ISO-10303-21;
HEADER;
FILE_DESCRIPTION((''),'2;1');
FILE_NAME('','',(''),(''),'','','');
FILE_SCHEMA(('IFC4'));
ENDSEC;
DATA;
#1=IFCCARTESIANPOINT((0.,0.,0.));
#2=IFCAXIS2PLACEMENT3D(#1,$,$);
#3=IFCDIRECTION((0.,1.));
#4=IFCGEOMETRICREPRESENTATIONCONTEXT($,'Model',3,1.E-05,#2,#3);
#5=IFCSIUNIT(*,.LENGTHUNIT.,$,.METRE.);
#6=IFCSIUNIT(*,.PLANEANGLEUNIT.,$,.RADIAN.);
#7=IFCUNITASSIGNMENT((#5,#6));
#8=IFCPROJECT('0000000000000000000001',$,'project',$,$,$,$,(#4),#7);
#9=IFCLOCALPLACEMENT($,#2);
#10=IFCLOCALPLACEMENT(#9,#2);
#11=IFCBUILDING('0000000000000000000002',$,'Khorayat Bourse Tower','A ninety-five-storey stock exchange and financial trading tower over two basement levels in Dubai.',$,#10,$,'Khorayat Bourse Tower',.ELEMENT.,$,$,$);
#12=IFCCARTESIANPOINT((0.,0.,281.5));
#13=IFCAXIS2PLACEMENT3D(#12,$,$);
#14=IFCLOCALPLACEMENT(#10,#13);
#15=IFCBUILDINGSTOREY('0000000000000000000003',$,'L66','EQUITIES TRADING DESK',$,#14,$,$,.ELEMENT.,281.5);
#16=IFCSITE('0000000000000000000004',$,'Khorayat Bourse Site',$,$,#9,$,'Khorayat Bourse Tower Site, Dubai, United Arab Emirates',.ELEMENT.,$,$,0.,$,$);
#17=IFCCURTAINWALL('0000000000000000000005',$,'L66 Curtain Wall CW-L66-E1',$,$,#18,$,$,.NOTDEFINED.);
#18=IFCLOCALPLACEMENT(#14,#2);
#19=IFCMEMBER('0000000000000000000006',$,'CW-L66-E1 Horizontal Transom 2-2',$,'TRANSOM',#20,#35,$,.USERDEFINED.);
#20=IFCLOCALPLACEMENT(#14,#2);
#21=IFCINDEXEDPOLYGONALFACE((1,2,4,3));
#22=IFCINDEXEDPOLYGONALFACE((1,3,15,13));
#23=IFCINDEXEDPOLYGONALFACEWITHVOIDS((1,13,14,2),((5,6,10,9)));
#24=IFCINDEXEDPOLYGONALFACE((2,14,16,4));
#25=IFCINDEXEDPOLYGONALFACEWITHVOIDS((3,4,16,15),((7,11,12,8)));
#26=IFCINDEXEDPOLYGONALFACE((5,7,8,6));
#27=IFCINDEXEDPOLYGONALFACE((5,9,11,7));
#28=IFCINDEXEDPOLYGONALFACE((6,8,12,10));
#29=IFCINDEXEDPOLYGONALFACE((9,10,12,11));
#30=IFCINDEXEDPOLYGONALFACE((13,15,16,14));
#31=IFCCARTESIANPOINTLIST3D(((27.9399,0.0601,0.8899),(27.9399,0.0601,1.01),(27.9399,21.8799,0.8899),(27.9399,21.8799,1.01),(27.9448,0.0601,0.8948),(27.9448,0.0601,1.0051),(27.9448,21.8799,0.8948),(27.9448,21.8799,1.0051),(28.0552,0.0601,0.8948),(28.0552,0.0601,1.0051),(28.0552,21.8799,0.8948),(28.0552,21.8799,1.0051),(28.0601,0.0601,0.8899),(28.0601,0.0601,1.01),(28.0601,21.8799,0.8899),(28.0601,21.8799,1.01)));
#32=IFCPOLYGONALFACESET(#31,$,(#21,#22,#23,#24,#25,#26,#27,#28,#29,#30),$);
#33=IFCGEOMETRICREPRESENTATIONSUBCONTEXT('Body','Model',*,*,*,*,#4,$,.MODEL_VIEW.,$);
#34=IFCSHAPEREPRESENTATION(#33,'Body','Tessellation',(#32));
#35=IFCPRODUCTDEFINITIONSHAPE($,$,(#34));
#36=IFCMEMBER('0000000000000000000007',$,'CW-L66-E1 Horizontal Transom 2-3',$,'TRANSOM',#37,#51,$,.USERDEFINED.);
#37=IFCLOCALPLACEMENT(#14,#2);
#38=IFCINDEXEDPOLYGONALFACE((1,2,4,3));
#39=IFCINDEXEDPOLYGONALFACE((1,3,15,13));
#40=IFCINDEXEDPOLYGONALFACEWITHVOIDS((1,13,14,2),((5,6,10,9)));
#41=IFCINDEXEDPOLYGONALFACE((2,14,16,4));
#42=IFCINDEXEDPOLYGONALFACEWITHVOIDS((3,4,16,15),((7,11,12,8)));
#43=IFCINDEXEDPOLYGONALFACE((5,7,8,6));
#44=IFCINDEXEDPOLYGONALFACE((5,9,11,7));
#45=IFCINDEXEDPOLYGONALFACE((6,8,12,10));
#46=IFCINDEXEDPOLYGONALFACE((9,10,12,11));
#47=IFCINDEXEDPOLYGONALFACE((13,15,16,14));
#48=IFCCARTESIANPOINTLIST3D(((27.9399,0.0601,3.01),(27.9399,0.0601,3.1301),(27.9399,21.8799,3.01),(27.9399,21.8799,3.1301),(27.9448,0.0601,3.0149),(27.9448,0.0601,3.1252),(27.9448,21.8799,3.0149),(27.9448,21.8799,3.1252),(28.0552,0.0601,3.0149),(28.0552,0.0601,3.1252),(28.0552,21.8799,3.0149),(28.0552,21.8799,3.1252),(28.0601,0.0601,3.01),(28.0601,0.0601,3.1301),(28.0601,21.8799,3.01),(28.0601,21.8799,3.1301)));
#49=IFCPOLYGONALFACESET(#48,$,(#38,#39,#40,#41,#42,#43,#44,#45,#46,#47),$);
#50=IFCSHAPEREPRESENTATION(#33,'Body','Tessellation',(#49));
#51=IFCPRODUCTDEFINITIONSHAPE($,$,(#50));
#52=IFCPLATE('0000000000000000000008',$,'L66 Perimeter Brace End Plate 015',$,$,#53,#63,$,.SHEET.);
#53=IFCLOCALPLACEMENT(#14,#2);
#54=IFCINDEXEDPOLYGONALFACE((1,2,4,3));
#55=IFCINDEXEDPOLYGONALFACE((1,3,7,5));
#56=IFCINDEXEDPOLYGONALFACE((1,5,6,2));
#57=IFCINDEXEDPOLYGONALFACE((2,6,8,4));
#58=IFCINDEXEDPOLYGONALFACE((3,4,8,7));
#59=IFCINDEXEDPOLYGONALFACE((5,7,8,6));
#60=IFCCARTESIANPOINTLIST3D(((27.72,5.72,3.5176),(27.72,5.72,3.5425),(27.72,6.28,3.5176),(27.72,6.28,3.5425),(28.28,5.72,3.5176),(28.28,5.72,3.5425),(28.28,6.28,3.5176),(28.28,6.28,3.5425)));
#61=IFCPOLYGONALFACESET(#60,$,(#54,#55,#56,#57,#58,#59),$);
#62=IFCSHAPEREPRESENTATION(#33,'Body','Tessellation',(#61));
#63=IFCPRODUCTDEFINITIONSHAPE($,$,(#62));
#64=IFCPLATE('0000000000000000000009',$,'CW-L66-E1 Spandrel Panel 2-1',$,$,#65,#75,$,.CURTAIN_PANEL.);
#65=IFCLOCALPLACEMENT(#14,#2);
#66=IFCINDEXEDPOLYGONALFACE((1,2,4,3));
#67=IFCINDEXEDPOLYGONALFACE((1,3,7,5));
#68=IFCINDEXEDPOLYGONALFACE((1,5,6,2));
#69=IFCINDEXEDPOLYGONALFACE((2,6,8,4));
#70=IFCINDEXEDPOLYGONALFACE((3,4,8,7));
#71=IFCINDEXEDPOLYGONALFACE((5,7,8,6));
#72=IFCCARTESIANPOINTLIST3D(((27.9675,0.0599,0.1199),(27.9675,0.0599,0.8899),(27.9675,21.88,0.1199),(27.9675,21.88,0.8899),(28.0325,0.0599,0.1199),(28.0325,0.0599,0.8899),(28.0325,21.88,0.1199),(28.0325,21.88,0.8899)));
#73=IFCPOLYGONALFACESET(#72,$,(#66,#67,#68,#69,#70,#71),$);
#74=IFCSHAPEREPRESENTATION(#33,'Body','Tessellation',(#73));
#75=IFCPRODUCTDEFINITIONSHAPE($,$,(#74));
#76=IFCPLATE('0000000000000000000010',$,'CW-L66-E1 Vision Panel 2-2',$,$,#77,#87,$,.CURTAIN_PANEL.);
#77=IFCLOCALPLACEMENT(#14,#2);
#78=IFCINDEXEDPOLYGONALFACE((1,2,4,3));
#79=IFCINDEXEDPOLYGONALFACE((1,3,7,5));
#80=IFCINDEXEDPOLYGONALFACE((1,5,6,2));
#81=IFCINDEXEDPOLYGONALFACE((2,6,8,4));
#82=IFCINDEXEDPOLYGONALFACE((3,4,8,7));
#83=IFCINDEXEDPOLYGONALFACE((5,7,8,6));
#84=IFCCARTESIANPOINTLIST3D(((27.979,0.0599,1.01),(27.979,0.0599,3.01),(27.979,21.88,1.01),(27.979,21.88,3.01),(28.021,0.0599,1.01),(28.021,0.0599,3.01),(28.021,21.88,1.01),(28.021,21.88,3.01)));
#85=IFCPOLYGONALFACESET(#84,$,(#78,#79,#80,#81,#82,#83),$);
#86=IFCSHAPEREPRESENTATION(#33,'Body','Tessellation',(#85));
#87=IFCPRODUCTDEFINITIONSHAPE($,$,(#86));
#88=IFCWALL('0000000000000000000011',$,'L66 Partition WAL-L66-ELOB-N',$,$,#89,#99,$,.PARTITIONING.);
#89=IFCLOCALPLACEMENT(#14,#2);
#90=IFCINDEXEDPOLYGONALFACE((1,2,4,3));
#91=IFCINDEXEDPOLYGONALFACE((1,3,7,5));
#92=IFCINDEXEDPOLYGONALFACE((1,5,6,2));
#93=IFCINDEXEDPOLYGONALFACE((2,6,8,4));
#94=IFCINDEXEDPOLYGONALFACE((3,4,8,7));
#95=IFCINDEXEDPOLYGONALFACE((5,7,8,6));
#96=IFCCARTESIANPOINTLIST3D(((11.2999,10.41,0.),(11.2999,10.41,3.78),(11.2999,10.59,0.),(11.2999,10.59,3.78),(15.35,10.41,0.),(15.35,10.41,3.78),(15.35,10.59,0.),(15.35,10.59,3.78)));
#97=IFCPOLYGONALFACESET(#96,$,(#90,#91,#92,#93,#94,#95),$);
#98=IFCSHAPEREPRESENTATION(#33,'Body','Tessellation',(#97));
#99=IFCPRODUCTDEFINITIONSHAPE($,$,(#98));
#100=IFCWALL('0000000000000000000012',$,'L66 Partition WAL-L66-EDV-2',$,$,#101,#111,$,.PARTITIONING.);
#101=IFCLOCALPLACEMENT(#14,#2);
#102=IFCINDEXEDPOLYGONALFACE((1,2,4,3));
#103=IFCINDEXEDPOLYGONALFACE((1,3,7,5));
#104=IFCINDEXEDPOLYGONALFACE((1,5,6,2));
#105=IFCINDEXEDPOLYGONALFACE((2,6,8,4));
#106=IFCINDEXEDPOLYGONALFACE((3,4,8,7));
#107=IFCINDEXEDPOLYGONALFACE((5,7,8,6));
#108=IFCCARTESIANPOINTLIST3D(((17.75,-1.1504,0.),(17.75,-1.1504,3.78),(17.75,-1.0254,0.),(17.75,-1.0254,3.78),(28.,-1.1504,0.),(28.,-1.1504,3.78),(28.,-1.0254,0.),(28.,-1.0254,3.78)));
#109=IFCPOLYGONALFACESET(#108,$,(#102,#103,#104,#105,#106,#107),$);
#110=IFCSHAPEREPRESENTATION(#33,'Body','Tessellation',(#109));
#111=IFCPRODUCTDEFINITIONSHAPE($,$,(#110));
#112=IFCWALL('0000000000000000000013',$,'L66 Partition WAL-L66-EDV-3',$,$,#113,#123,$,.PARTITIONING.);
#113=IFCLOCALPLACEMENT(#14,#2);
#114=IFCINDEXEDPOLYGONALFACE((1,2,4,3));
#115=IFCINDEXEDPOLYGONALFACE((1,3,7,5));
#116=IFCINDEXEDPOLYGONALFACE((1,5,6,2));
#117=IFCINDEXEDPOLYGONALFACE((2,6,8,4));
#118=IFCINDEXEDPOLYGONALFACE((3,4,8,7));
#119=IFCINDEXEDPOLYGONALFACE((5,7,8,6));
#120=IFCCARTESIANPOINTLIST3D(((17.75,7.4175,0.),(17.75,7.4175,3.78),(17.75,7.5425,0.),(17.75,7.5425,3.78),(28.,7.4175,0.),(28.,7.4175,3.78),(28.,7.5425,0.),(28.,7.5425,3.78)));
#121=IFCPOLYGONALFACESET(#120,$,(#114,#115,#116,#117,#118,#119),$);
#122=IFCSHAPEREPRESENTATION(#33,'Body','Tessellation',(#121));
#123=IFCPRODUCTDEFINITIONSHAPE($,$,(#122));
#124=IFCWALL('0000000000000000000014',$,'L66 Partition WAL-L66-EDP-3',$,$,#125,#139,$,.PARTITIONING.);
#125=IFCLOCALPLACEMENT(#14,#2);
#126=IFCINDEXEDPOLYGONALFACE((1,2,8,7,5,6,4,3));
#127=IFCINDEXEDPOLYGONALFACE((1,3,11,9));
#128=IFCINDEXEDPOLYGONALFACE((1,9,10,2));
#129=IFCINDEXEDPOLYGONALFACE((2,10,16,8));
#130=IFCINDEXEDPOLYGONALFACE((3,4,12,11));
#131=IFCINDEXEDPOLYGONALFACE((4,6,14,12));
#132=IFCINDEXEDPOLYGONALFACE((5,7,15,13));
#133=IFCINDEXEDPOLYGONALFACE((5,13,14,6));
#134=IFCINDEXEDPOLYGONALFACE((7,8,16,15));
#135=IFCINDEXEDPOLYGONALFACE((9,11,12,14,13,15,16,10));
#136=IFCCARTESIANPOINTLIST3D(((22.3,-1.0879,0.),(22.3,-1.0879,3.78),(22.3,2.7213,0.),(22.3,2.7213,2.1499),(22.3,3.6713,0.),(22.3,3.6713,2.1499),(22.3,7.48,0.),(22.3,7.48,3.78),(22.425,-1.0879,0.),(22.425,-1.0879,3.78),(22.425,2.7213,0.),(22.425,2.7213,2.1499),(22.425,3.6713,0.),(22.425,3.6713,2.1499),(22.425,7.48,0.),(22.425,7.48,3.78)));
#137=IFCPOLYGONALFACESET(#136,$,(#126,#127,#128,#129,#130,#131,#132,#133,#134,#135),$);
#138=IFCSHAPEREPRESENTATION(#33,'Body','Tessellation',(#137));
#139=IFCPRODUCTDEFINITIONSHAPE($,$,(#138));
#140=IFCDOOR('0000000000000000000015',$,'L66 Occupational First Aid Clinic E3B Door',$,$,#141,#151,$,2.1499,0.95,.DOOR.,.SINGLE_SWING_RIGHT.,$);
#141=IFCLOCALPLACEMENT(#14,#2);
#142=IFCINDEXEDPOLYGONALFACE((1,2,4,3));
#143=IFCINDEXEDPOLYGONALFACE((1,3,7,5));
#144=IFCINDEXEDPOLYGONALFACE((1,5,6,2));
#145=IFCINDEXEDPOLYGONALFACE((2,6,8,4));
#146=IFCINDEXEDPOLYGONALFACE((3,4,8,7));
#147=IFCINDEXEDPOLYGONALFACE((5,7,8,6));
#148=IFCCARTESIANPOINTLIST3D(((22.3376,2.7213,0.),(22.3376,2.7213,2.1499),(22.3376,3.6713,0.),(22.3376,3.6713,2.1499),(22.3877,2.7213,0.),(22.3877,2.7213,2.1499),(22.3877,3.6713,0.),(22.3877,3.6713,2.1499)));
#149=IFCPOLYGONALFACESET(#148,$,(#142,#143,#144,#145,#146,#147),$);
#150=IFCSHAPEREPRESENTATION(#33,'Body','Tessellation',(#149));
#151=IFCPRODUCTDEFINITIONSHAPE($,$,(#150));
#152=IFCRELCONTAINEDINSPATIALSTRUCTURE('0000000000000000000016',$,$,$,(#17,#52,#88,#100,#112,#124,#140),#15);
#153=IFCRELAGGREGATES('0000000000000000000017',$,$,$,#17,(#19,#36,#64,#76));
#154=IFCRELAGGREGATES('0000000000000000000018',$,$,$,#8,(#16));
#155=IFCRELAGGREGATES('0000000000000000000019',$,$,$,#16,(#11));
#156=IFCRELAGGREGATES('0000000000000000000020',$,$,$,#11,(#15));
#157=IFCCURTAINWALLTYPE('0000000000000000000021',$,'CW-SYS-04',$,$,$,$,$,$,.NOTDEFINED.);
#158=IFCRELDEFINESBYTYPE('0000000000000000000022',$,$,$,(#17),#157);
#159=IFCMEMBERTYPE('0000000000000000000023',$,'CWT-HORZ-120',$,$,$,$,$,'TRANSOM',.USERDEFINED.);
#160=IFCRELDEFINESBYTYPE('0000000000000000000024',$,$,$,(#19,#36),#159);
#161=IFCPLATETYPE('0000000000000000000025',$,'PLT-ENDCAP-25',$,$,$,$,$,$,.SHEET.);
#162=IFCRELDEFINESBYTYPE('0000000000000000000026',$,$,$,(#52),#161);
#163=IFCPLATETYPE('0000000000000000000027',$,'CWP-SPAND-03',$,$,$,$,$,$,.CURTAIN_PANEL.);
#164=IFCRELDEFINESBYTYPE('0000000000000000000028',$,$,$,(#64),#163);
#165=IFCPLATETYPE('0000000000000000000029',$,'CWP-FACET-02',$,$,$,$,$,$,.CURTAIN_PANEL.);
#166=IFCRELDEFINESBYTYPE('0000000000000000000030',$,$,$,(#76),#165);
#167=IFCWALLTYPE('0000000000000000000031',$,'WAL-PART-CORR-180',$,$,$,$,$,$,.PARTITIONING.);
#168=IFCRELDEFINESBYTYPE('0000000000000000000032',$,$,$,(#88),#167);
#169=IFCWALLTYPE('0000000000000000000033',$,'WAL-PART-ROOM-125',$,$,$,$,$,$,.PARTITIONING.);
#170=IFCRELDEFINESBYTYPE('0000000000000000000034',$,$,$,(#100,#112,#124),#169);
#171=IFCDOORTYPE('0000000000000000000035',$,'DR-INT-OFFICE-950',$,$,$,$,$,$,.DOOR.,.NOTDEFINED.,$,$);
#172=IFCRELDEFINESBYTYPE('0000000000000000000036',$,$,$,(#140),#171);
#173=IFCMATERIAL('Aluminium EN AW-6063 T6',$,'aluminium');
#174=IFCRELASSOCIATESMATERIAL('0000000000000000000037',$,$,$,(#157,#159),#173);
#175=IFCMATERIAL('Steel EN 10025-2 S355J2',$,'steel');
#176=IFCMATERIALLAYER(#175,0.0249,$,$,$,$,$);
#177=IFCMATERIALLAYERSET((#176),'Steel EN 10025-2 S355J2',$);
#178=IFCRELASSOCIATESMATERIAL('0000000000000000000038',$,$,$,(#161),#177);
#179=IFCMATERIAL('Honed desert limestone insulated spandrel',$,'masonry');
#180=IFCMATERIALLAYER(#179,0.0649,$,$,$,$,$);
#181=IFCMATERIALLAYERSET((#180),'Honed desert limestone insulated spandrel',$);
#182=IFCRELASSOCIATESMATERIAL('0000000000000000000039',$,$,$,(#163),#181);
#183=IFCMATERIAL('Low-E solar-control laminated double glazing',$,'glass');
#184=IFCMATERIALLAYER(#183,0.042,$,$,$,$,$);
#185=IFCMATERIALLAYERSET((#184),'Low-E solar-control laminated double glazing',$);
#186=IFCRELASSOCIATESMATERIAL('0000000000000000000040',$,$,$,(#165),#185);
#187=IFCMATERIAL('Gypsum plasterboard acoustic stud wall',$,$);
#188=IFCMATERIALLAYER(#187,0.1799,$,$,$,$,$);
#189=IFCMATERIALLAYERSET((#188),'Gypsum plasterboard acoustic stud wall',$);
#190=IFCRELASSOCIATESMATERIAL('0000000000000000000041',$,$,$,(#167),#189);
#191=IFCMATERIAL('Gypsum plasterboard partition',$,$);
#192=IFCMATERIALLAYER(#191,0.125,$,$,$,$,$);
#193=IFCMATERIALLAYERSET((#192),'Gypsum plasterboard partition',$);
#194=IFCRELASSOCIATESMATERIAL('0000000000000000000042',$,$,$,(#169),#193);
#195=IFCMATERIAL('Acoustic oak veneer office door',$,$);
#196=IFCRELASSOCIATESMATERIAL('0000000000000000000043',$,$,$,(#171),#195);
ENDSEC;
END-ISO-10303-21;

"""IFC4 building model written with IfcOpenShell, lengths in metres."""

from ifc_helpers import new_model, si_unit, direction, frame, frame_2d, origin, origin_2d, place, context, subcontext, project, spatial, rectangle, hollow_rectangle, extrude, source, transform, mapped, material, layer, layer_set, material_profile, profile_set, type_object, element, fill, aggregate, save


model = new_model("IFC4")

# Units and contexts
model_context = context("Model", 3, precision=1e-05, world=origin(), true_north=direction((0.0, 1.0)))
body_context = subcontext(model_context, "Body", "Model", "MODEL_VIEW")
ifc_project = project(units=[si_unit("LENGTHUNIT", "METRE"), si_unit("PLANEANGLEUNIT", "RADIAN")], contexts=[model_context])

# Site, building, storey
site_placement = place(None, origin())
site = spatial("IfcSite", under=ifc_project, at=site_placement, Name="Khorayat Bourse Site", LongName="Khorayat Bourse Tower Site, Dubai, United Arab Emirates", CompositionType="ELEMENT", RefElevation=0.0)
building_placement = place(site_placement, origin())
building = spatial("IfcBuilding", under=site, at=building_placement, Name="Khorayat Bourse Tower", Description="A ninety-five-storey stock exchange and financial trading tower over two basement levels in Dubai.", LongName="Khorayat Bourse Tower", CompositionType="ELEMENT")
storey_placement = place(building_placement, frame((0.0, 0.0, 281.5)))
storey = spatial("IfcBuildingStorey", under=building, at=storey_placement, Name="L66", Description="EQUITIES TRADING DESK", CompositionType="ELEMENT", Elevation=281.5)

# Curtain wall, members
ifc_material_1 = material(Name="Aluminium EN AW-6063 T6", Category="aluminium")
curtain_wall_type = type_object("IfcCurtainWallType", Name="CW-SYS-04", PredefinedType="NOTDEFINED", material=ifc_material_1)
curtain_wall_placement = place(storey_placement, origin())
curtain_wall = element("IfcCurtainWall", 1, at=curtain_wall_placement, inside=storey, type_object=curtain_wall_type, Name="L66 Curtain Wall CW-L66-E1", PredefinedType="NOTDEFINED")
ifc_material_profile_1 = material_profile(ifc_material_1, hollow_rectangle(XDim=0.1201, YDim=0.1201, WallThickness=0.0049, at=origin_2d()), Name="ALU 120x120x5")
ifc_profile_set_1 = profile_set([ifc_material_profile_1], Name="Aluminium EN AW-6063 T6")
member_type_1 = type_object("IfcMemberType", Name="CWT-HORZ-120", ElementType="TRANSOM", PredefinedType="USERDEFINED", material=ifc_profile_set_1)
shared_shape_1 = source(origin(), body_context, "Body", "SweptSolid", [
    extrude(hollow_rectangle(XDim=0.1201, YDim=0.1201, WallThickness=0.0049, at=origin_2d()), origin(), (0.0, 0.0, 1.0), 21.8198),
])
member_1_placement = place(storey_placement, frame((28.0, 0.0601, 0.95), z_axis=(0.0, 1.0, 0.0), x_axis=(-1.0, 0.0, 0.0)))
member_1 = element("IfcMember", 2, at=member_1_placement, type_object=member_type_1, Name="CW-L66-E1 Horizontal Transom 2-2", ObjectType="TRANSOM", PredefinedType="USERDEFINED", context=body_context, shape_type="MappedRepresentation", body=[
    mapped(shared_shape_1, transform((0.0, 0.0, 0.0), scale=1.0)),
])
member_2_placement = place(storey_placement, frame((28.0, 0.0601, 3.0701), z_axis=(0.0, 1.0, 0.0), x_axis=(-1.0, 0.0, 0.0)))
member_2 = element("IfcMember", 3, at=member_2_placement, type_object=member_type_1, Name="CW-L66-E1 Horizontal Transom 2-3", ObjectType="TRANSOM", PredefinedType="USERDEFINED", context=body_context, shape_type="MappedRepresentation", body=[
    mapped(shared_shape_1, transform((0.0, 0.0, 0.0), scale=1.0)),
])

# Plates
ifc_material_2 = material(Name="Steel EN 10025-2 S355J2", Category="steel")
ifc_layer_1 = layer(ifc_material_2, 0.0249)
ifc_layer_set_1 = layer_set([ifc_layer_1], Name="Steel EN 10025-2 S355J2")
plate_type_1 = type_object("IfcPlateType", Name="PLT-ENDCAP-25", PredefinedType="SHEET", material=ifc_layer_set_1)
shared_shape_2 = source(origin(), body_context, "Body", "SweptSolid", [
    extrude(rectangle(XDim=0.5601, YDim=0.5601, at=origin_2d()), origin(), (0.0, 0.0, 1.0), 0.0249),
])
plate_1_placement = place(storey_placement, frame((28.0, 6.0, 3.5176), z_axis=(0.0, 0.0, 1.0), x_axis=(1.0, 0.0, 0.0)))
element("IfcPlate", 4, at=plate_1_placement, inside=storey, type_object=plate_type_1, Name="L66 Perimeter Brace End Plate 015", PredefinedType="SHEET", context=body_context, shape_type="MappedRepresentation", body=[
    mapped(shared_shape_2, transform((0.0, 0.0, 0.0), scale=1.0)),
])
ifc_material_3 = material(Name="Honed desert limestone insulated spandrel", Category="masonry")
ifc_layer_2 = layer(ifc_material_3, 0.0649)
ifc_layer_set_2 = layer_set([ifc_layer_2], Name="Honed desert limestone insulated spandrel")
plate_type_2 = type_object("IfcPlateType", Name="CWP-SPAND-03", PredefinedType="CURTAIN_PANEL", material=ifc_layer_set_2)
shared_shape_3 = source(origin(), body_context, "Body", "SweptSolid", [
    extrude(rectangle(XDim=21.8201, YDim=0.0649, at=origin_2d()), origin(), (0.0, 0.0, 1.0), 0.77),
])
plate_2_placement = place(storey_placement, frame((28.0, 10.97, 0.1199), z_axis=(0.0, 0.0, 1.0), x_axis=(0.0, 1.0, 0.0)))
plate_2 = element("IfcPlate", 5, at=plate_2_placement, type_object=plate_type_2, Name="CW-L66-E1 Spandrel Panel 2-1", PredefinedType="CURTAIN_PANEL", context=body_context, shape_type="MappedRepresentation", body=[
    mapped(shared_shape_3, transform((0.0, 0.0, 0.0), scale=1.0)),
])
ifc_material_4 = material(Name="Low-E solar-control laminated double glazing", Category="glass")
ifc_layer_3 = layer(ifc_material_4, 0.042)
ifc_layer_set_3 = layer_set([ifc_layer_3], Name="Low-E solar-control laminated double glazing")
plate_type_3 = type_object("IfcPlateType", Name="CWP-FACET-02", PredefinedType="CURTAIN_PANEL", material=ifc_layer_set_3)
shared_shape_4 = source(origin(), body_context, "Body", "SweptSolid", [
    extrude(rectangle(XDim=21.8201, YDim=0.042, at=origin_2d()), origin(), (0.0, 0.0, 1.0), 2.0),
])
plate_3_placement = place(storey_placement, frame((28.0, 10.97, 1.01), z_axis=(0.0, 0.0, 1.0), x_axis=(0.0, 1.0, 0.0)))
plate_3 = element("IfcPlate", 6, at=plate_3_placement, type_object=plate_type_3, Name="CW-L66-E1 Vision Panel 2-2", PredefinedType="CURTAIN_PANEL", context=body_context, shape_type="MappedRepresentation", body=[
    mapped(shared_shape_4, transform((0.0, 0.0, 0.0), scale=1.0)),
])
aggregate(curtain_wall, [member_1, member_2, plate_2, plate_3])

# Walls
ifc_material_5 = material(Name="Gypsum plasterboard acoustic stud wall")
ifc_layer_4 = layer(ifc_material_5, 0.1799)
ifc_layer_set_4 = layer_set([ifc_layer_4], Name="Gypsum plasterboard acoustic stud wall")
wall_type_1 = type_object("IfcWallType", Name="WAL-PART-CORR-180", PredefinedType="PARTITIONING", material=ifc_layer_set_4)
shared_shape_5 = source(origin(), body_context, "Body", "SweptSolid", [
    extrude(rectangle(XDim=4.05, YDim=0.1799, at=frame_2d((2.0249, 0.0))), origin(), (0.0, 0.0, 1.0), 3.78),
])
wall_1_placement = place(storey_placement, frame((11.3, 10.5, 0.0), z_axis=(0.0, 0.0, 1.0), x_axis=(1.0, 0.0, 0.0)))
element("IfcWall", 7, at=wall_1_placement, inside=storey, type_object=wall_type_1, Name="L66 Partition WAL-L66-ELOB-N", PredefinedType="PARTITIONING", context=body_context, shape_type="MappedRepresentation", body=[
    mapped(shared_shape_5, transform((0.0, 0.0, 0.0), scale=1.0)),
])
ifc_material_6 = material(Name="Gypsum plasterboard partition")
ifc_layer_5 = layer(ifc_material_6, 0.125)
ifc_layer_set_5 = layer_set([ifc_layer_5], Name="Gypsum plasterboard partition")
wall_type_2 = type_object("IfcWallType", Name="WAL-PART-ROOM-125", PredefinedType="PARTITIONING", material=ifc_layer_set_5)
shared_shape_6 = source(origin(), body_context, "Body", "SweptSolid", [
    extrude(rectangle(XDim=10.25, YDim=0.125, at=frame_2d((5.125, 0.0))), origin(), (0.0, 0.0, 1.0), 3.78),
])
for number, where, z_axis, x_axis, name in (
    (8, (17.75, -1.0879, 0.0), (0.0, 0.0, 1.0), (1.0, 0.0, 0.0), "L66 Partition WAL-L66-EDV-2"),
    (9, (17.75, 7.48, 0.0), (0.0, 0.0, 1.0), (1.0, 0.0, 0.0), "L66 Partition WAL-L66-EDV-3"),
):
    element("IfcWall", number, at=place(storey_placement, frame(where, z_axis=z_axis, x_axis=x_axis)), inside=storey, type_object=wall_type_2, Name=name, PredefinedType="PARTITIONING", context=body_context, shape_type="MappedRepresentation", body=[
        mapped(shared_shape_6, transform((0.0, 0.0, 0.0), scale=1.0)),
    ])

# Wall, opening, door
shared_shape_7 = source(origin(), body_context, "Body", "SweptSolid", [
    extrude(rectangle(XDim=8.5679, YDim=0.125, at=frame_2d((4.2839, 0.0))), origin(), (0.0, 0.0, 1.0), 3.78),
])
wall_2_placement = place(storey_placement, frame((22.3625, -1.0879, 0.0), z_axis=(0.0, 0.0, 1.0), x_axis=(0.0, 1.0, 0.0)))
wall_2 = element("IfcWall", 10, at=wall_2_placement, inside=storey, type_object=wall_type_2, Name="L66 Partition WAL-L66-EDP-3", PredefinedType="PARTITIONING", context=body_context, shape_type="MappedRepresentation", body=[
    mapped(shared_shape_7, transform((0.0, 0.0, 0.0), scale=1.0)),
])
shared_shape_8 = source(origin(), body_context, "Body", "SweptSolid", [
    extrude(rectangle(XDim=0.95, YDim=2.1499, at=frame_2d((0.4751, 1.075))), frame((0.0, 0.0725, 0.0), z_axis=(0.0, -1.0, 0.0), x_axis=(1.0, 0.0, 0.0)), (0.0, 0.0, 1.0), 0.145),
])
opening_1_placement = place(wall_2_placement, frame((3.8091, 0.0, 0.0)))
opening_1 = element("IfcOpeningElement", 11, at=opening_1_placement, cuts=wall_2, PredefinedType="OPENING", context=body_context, shape_type="MappedRepresentation", body=[
    mapped(shared_shape_8, transform((0.0, 0.0, 0.0), scale=1.0)),
])
ifc_material_7 = material(Name="Acoustic oak veneer office door")
door_type = type_object("IfcDoorType", Name="DR-INT-OFFICE-950", OperationType="NOTDEFINED", PredefinedType="DOOR", material=ifc_material_7)
shared_shape_9 = source(origin(), body_context, "Body", "SweptSolid", [
    extrude(rectangle(XDim=0.95, YDim=2.1499, at=frame_2d((0.4751, 1.075))), frame((0.0, 0.0249, 0.0), z_axis=(0.0, -1.0, 0.0), x_axis=(1.0, 0.0, 0.0)), (0.0, 0.0, 1.0), 0.05),
])
door_1_placement = place(opening_1_placement, origin())
door_1 = element("IfcDoor", 12, at=door_1_placement, inside=storey, type_object=door_type, Name="L66 Occupational First Aid Clinic E3B Door", OperationType="SINGLE_SWING_RIGHT", OverallHeight=2.1499, OverallWidth=0.95, PredefinedType="DOOR", context=body_context, shape_type="MappedRepresentation", body=[
    mapped(shared_shape_9, transform((0.0, 0.0, 0.0), scale=1.0)),
])
fill(opening_1, door_1)

save(model, "model.ifc")
